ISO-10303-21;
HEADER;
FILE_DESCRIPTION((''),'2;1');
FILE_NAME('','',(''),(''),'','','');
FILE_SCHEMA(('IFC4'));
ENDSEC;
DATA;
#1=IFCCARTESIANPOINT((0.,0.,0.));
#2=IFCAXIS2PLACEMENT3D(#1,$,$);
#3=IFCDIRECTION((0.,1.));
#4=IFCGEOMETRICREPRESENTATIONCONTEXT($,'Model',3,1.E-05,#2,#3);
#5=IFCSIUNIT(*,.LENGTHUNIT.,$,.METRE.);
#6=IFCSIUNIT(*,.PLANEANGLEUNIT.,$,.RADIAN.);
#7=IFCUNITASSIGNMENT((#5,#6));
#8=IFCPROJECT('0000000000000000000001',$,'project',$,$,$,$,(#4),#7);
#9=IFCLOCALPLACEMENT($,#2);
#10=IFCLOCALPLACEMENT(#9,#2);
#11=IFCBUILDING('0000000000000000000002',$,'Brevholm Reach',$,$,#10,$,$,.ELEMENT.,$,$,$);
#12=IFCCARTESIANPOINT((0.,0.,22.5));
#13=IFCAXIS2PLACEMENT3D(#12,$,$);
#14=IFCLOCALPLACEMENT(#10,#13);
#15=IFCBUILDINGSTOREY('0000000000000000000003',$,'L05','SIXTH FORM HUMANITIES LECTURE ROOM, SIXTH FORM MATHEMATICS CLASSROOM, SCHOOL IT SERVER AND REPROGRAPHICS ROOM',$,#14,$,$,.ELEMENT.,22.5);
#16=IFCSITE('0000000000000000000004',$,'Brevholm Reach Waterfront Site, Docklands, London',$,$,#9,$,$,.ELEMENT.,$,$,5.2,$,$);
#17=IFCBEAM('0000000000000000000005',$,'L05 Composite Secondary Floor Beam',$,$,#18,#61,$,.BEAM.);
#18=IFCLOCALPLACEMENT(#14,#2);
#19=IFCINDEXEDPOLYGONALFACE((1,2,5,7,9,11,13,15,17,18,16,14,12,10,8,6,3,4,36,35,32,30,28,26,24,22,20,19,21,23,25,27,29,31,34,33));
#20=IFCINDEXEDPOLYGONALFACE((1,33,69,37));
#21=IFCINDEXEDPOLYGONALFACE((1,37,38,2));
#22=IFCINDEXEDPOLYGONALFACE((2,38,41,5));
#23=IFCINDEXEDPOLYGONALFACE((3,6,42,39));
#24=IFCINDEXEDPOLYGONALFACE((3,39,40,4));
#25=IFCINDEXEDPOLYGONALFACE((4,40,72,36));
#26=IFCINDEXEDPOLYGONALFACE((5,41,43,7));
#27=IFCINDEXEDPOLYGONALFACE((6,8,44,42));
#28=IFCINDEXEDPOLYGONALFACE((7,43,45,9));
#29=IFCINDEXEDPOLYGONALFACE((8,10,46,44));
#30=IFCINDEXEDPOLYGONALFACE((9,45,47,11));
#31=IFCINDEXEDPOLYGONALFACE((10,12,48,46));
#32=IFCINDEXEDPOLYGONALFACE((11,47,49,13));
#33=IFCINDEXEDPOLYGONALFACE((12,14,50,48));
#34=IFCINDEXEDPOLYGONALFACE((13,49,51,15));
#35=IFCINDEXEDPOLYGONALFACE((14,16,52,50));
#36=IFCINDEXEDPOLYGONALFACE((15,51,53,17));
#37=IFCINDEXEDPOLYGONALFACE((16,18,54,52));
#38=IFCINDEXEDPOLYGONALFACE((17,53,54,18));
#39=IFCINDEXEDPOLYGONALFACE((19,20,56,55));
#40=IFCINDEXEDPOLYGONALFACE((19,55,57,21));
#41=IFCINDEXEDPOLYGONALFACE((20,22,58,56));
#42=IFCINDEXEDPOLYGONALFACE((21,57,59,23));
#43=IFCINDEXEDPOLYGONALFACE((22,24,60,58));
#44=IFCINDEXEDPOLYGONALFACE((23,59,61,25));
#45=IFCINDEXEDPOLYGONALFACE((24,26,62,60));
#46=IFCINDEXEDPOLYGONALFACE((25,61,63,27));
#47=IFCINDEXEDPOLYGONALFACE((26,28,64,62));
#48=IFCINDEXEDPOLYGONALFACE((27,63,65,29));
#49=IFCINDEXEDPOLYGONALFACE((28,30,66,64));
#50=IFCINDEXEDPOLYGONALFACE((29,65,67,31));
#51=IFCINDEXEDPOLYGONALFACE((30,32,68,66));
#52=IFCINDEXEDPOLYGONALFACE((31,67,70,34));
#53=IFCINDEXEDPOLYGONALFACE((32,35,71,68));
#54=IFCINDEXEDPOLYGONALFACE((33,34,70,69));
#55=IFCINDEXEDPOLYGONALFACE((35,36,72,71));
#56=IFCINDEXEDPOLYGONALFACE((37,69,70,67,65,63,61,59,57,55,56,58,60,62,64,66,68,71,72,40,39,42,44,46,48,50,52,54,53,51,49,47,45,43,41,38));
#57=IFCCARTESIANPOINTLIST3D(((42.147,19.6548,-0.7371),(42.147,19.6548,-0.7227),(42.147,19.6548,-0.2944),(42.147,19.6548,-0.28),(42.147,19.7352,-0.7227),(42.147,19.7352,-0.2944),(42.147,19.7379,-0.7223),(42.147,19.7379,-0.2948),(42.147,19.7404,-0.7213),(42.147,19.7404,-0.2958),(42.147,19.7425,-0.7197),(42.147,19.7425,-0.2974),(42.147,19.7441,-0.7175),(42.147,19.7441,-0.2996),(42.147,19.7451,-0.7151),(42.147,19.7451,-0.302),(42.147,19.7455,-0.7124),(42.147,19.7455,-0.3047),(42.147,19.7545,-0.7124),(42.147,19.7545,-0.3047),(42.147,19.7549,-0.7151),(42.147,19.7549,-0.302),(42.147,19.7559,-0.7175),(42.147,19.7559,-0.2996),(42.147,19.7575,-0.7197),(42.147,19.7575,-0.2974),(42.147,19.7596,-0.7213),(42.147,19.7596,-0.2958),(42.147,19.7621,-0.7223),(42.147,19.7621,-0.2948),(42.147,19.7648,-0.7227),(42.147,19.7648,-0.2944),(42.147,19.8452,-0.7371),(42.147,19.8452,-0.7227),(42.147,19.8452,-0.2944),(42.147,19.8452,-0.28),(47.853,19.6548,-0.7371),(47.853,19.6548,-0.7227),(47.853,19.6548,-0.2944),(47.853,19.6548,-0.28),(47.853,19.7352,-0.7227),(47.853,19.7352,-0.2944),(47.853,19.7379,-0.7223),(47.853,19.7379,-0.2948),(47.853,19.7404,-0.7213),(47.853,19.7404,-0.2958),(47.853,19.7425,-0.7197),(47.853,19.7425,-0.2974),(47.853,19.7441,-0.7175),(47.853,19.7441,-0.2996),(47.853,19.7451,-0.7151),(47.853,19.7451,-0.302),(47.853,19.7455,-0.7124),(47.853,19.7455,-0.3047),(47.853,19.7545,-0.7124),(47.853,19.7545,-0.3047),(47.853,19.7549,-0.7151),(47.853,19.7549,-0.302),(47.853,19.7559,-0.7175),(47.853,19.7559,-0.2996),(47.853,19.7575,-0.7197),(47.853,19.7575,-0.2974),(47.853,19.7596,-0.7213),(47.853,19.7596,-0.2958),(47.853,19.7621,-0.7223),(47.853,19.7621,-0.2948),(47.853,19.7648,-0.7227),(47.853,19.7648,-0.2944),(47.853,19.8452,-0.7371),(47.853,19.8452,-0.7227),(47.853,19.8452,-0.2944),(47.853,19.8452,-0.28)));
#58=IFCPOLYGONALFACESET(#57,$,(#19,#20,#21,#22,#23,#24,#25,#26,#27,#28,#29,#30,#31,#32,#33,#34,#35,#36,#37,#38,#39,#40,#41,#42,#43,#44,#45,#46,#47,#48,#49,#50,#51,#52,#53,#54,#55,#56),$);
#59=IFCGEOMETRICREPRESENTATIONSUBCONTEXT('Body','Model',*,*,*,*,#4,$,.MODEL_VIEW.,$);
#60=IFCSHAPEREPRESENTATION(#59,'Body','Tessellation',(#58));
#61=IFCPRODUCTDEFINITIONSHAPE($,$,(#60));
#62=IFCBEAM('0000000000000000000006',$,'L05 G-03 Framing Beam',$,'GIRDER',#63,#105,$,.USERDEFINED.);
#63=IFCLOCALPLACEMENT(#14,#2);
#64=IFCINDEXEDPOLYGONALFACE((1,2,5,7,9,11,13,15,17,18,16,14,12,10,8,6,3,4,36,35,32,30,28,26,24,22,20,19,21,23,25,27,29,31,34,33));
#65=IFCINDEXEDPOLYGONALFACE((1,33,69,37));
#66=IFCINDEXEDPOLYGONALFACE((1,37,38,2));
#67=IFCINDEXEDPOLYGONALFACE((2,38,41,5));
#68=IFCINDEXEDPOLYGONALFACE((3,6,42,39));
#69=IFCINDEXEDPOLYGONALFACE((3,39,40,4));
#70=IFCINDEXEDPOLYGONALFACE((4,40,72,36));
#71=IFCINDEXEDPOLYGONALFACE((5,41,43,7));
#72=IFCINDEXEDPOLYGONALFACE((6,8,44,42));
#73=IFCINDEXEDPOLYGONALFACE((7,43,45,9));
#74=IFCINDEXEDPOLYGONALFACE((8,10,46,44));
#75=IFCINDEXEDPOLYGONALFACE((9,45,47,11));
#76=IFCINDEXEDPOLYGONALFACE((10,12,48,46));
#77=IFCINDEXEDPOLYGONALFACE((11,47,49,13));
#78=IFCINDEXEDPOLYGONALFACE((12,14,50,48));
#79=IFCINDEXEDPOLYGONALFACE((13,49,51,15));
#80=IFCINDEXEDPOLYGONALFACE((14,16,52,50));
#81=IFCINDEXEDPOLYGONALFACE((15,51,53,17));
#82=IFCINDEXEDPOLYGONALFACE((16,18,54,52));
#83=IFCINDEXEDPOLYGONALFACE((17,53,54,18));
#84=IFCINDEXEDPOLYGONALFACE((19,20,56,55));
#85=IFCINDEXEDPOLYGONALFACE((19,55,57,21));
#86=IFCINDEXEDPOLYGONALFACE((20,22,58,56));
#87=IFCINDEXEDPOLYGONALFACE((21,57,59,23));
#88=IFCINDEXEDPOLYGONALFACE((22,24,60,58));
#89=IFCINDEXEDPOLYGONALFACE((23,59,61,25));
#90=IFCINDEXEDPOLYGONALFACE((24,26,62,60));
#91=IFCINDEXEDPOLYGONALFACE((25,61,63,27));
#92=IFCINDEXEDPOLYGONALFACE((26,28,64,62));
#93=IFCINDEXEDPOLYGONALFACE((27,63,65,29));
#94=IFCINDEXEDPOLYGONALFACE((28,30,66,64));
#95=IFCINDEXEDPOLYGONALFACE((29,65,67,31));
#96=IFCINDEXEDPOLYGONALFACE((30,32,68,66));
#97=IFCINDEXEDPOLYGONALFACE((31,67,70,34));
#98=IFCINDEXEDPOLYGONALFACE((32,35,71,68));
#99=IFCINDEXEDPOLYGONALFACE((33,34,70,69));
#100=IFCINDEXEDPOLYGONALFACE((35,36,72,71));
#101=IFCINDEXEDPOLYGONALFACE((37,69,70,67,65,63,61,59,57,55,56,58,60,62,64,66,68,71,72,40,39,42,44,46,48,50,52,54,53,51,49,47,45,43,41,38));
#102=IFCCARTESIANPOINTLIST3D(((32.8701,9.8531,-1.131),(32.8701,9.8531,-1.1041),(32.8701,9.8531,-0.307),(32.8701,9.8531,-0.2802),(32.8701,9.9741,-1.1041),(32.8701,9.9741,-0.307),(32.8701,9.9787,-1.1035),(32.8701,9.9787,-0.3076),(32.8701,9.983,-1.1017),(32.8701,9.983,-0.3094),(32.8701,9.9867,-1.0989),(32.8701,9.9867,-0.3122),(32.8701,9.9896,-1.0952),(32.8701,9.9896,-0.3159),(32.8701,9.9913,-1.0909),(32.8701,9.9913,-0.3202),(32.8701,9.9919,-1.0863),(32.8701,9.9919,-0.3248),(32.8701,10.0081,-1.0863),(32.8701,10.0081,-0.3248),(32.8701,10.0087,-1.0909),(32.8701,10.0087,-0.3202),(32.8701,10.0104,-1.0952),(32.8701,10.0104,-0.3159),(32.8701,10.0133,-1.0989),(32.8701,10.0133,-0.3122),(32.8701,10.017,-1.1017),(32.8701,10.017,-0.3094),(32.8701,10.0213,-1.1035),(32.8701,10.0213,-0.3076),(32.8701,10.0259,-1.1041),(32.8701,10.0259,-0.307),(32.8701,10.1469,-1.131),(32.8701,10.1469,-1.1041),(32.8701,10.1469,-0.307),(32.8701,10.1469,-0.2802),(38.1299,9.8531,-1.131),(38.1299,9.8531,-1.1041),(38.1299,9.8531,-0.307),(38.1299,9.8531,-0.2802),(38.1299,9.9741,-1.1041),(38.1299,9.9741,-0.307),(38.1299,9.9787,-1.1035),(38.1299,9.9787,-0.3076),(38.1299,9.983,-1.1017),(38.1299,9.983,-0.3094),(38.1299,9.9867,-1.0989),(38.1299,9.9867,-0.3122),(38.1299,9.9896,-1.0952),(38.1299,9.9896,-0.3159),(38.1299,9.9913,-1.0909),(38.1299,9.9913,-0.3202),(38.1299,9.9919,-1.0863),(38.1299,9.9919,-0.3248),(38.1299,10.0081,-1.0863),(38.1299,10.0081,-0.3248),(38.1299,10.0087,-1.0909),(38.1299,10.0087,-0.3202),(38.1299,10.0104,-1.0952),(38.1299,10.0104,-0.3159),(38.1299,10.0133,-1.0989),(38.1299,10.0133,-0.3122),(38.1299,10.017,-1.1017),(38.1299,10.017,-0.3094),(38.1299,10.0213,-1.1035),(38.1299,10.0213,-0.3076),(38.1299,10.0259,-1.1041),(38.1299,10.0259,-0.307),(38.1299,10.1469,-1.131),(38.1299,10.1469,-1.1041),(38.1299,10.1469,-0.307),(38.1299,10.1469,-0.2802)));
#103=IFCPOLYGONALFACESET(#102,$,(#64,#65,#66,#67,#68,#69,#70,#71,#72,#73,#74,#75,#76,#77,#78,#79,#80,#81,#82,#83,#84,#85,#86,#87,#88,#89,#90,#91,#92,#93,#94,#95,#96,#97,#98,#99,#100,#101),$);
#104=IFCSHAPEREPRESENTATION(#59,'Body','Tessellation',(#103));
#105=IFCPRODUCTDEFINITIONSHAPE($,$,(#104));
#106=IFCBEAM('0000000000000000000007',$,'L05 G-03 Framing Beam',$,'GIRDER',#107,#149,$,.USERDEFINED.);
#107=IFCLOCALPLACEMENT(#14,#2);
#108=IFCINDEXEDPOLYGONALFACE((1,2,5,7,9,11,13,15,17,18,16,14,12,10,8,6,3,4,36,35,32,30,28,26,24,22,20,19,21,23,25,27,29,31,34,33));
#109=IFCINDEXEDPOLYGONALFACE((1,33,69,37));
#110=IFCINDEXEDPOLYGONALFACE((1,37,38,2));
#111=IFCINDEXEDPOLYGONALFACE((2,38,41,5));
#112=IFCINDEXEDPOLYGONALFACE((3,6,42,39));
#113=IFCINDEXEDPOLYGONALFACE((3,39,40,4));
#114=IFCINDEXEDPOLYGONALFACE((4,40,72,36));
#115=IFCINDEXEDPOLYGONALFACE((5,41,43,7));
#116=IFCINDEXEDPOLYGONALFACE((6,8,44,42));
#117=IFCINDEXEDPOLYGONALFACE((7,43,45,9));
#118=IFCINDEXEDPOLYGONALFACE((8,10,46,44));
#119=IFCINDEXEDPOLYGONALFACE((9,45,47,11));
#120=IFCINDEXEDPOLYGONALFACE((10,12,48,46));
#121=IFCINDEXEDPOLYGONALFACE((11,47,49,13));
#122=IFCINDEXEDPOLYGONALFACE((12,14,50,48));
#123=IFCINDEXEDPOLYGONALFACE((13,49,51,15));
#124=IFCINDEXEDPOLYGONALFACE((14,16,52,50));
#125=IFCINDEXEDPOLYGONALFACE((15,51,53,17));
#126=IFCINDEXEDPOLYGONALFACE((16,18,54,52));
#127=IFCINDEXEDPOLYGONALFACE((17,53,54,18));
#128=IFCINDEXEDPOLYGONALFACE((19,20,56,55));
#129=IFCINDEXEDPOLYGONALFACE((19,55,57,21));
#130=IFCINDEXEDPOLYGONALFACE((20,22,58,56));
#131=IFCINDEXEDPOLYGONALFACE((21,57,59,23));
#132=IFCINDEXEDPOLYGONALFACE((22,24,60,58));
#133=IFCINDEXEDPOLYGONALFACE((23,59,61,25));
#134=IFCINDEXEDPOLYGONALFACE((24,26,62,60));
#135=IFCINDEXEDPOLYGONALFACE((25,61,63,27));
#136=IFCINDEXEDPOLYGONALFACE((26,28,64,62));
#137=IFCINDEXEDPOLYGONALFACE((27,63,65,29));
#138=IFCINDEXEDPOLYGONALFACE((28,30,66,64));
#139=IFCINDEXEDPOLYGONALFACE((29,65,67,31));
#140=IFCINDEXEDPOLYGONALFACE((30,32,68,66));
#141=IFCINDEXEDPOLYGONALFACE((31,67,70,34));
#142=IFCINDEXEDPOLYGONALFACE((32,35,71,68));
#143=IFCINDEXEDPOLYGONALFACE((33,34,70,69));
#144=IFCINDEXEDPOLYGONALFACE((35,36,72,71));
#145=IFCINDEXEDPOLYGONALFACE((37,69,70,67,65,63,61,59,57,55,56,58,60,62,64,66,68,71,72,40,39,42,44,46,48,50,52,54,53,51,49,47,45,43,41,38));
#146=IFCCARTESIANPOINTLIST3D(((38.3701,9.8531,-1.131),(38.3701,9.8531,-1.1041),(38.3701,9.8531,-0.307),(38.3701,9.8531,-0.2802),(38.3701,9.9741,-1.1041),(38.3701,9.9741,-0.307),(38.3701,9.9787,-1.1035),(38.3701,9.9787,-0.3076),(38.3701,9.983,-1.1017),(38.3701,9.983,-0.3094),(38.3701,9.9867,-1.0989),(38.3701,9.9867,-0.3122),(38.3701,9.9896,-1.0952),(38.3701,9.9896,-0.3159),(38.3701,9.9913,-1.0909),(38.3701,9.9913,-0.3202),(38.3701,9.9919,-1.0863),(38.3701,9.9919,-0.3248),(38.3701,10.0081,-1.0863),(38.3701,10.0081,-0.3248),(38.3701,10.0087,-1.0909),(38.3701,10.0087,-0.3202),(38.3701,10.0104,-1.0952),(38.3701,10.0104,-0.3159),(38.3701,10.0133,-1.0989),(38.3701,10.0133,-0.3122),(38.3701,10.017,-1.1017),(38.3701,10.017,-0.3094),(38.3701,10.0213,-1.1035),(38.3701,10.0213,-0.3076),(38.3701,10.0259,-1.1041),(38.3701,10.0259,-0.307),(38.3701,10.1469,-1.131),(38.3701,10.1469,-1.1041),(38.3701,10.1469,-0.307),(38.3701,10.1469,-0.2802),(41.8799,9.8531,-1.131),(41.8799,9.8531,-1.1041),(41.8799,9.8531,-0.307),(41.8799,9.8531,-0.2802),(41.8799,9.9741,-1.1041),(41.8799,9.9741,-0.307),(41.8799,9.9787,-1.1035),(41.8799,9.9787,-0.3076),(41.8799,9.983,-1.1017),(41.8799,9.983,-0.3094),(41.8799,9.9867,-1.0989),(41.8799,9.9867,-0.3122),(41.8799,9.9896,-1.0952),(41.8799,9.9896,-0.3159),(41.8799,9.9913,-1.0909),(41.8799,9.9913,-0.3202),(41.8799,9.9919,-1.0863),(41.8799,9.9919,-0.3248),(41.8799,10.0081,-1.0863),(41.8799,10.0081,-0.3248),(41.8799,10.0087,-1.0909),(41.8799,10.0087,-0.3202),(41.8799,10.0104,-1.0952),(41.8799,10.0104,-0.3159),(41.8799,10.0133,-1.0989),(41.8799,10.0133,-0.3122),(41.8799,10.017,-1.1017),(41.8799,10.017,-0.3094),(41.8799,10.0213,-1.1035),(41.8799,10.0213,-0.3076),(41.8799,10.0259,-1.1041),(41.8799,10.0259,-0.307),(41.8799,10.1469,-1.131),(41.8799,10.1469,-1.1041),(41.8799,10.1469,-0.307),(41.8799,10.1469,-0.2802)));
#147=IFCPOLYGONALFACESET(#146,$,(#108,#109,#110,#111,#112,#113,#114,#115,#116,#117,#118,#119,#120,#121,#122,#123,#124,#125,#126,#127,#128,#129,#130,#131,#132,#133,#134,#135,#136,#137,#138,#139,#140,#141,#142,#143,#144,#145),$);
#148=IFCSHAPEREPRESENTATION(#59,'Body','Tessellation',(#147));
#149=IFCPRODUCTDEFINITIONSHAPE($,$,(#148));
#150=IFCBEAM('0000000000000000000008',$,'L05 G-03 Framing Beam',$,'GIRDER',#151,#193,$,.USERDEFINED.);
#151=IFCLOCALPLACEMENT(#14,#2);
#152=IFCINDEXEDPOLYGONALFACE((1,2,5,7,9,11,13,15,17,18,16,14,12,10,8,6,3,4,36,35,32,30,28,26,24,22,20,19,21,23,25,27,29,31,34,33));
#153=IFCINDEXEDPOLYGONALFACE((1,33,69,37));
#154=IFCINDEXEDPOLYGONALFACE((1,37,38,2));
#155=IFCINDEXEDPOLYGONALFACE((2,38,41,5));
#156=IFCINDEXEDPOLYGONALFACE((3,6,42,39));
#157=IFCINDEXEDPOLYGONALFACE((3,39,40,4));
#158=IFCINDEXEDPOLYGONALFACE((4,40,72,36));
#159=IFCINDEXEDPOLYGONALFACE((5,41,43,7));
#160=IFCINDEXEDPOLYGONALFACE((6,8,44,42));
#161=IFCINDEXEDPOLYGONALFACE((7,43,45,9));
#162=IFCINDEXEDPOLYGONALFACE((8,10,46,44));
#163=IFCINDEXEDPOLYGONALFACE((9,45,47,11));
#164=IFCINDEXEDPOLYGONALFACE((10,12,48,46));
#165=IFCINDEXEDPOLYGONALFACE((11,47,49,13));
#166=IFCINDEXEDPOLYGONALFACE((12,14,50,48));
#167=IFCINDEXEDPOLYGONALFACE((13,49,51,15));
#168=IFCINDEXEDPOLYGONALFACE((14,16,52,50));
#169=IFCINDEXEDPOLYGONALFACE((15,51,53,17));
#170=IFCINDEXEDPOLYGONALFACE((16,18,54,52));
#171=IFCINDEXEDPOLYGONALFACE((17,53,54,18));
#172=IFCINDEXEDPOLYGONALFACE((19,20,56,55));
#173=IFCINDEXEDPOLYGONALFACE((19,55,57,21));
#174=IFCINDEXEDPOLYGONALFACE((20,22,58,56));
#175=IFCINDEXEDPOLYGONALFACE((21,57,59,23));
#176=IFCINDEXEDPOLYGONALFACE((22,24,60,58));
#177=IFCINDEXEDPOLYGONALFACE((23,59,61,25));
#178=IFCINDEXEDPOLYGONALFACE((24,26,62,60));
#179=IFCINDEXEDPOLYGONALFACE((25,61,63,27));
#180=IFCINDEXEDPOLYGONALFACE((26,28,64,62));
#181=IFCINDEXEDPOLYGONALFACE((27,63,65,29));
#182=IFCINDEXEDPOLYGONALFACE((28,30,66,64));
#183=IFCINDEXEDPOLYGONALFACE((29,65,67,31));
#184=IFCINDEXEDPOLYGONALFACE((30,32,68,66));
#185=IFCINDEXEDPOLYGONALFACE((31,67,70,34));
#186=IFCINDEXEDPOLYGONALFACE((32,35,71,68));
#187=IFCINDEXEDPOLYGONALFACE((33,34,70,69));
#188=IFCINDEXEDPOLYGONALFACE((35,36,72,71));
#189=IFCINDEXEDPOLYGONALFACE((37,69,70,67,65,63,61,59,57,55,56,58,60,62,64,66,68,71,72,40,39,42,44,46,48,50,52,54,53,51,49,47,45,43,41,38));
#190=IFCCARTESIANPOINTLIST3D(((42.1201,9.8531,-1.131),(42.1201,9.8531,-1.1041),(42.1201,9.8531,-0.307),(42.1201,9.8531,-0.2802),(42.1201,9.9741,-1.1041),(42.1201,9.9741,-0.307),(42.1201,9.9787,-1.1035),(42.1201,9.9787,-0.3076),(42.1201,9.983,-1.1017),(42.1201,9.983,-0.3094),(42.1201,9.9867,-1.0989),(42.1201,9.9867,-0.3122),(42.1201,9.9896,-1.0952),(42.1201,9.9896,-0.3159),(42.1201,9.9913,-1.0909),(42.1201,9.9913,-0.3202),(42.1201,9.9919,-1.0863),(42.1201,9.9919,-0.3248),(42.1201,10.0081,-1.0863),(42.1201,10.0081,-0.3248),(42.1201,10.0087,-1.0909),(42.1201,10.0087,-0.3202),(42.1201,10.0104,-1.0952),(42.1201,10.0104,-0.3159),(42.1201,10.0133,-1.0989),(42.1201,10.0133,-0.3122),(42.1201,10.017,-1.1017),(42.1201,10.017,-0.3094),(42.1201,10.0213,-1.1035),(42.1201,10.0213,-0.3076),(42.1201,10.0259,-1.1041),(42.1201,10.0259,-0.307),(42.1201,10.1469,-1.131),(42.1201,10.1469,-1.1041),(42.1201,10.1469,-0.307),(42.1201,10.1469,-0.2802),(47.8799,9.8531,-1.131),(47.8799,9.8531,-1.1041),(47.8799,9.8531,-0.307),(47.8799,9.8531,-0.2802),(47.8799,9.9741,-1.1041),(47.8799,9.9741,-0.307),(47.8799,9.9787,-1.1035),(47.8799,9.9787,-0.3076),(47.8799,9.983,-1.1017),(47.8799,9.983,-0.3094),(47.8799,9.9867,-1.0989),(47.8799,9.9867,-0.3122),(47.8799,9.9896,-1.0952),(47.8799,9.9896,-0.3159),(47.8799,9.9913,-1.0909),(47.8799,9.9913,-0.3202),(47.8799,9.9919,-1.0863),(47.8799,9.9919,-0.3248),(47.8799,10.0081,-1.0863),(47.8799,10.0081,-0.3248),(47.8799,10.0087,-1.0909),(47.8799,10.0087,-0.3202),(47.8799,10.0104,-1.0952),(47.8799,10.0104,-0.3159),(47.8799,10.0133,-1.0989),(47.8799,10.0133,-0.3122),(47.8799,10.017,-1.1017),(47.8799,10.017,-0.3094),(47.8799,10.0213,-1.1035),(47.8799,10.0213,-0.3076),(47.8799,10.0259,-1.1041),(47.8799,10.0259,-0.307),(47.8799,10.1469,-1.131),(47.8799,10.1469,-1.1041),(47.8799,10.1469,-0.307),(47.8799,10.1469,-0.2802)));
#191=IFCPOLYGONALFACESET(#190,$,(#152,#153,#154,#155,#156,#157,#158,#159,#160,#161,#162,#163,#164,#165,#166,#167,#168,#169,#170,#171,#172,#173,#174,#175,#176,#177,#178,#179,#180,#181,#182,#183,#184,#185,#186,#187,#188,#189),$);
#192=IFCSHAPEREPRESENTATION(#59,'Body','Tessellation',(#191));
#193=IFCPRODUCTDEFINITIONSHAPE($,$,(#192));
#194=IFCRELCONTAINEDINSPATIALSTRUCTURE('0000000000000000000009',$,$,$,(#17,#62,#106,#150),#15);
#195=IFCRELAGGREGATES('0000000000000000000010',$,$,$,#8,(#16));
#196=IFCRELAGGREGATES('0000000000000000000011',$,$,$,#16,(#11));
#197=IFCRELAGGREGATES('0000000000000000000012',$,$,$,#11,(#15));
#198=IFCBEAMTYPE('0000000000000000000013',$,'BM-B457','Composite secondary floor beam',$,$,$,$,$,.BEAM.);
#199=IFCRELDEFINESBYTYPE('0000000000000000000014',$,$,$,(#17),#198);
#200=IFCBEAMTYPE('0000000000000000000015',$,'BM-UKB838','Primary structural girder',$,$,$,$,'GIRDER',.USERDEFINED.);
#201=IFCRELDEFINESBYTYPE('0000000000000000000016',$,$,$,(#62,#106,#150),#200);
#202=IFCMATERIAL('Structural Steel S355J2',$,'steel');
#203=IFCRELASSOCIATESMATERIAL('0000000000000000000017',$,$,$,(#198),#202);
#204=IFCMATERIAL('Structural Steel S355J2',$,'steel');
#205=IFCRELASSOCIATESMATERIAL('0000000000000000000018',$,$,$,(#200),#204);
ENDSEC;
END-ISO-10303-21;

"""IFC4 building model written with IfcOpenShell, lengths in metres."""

from ifc_helpers import new_model, si_unit, direction, frame, origin, origin_2d, place, context, subcontext, project, spatial, i_section, extrude, material, material_profile, profile_set, type_object, element, save


model = new_model("IFC4")

# Units and contexts
model_context = context("Model", 3, precision=1e-05, world=origin(), true_north=direction((0.0, 1.0)))
body_context = subcontext(model_context, "Body", "Model", "MODEL_VIEW")
ifc_project = project(units=[si_unit("LENGTHUNIT", "METRE"), si_unit("PLANEANGLEUNIT", "RADIAN")], contexts=[model_context])

# Site, building, storey
site_placement = place(None, origin())
site = spatial("IfcSite", under=ifc_project, at=site_placement, Name="Brevholm Reach Waterfront Site, Docklands, London", CompositionType="ELEMENT", RefElevation=5.2)
building_placement = place(site_placement, origin())
building = spatial("IfcBuilding", under=site, at=building_placement, Name="Brevholm Reach", CompositionType="ELEMENT")
storey_placement = place(building_placement, frame((0.0, 0.0, 22.5)))
storey = spatial("IfcBuildingStorey", under=building, at=storey_placement, Name="L05", Description="SIXTH FORM HUMANITIES LECTURE ROOM, SIXTH FORM MATHEMATICS CLASSROOM, SCHOOL IT SERVER AND REPROGRAPHICS ROOM", CompositionType="ELEMENT", Elevation=22.5)

# Beams
ifc_material_1 = material(Name="Structural Steel S355J2", Category="steel")
ifc_material_profile_1 = material_profile(ifc_material_1, i_section(OverallWidth=0.1904, OverallDepth=0.457, WebThickness=0.009, FlangeThickness=0.0144, FilletRadius=0.0103, at=origin_2d()), Name="UKB 457x191x74")
ifc_profile_set_1 = profile_set([ifc_material_profile_1], Name="Structural Steel S355J2")
beam_type_1 = type_object("IfcBeamType", Name="BM-B457", Description="Composite secondary floor beam", PredefinedType="BEAM", material=ifc_profile_set_1)
beam_1_placement = place(storey_placement, frame((42.147, 19.75, -0.5085), z_axis=(1.0, 0.0, 0.0), x_axis=(0.0, 1.0, 0.0)))
element("IfcBeam", 1, at=beam_1_placement, inside=storey, type_object=beam_type_1, Name="L05 Composite Secondary Floor Beam", PredefinedType="BEAM", context=body_context, shape_type="SweptSolid", body=[
    extrude(i_section(OverallWidth=0.1904, OverallDepth=0.457, WebThickness=0.009, FlangeThickness=0.0144, FilletRadius=0.0103, at=origin_2d()), origin(), (0.0, 0.0, 1.0), 5.7061),
])
ifc_material_2 = material(Name="Structural Steel S355J2", Category="steel")
ifc_material_profile_2 = material_profile(ifc_material_2, i_section(OverallWidth=0.2937, OverallDepth=0.8508, WebThickness=0.0161, FlangeThickness=0.0269, FilletRadius=0.0178, at=origin_2d()), Name="UKB 838x292x226")
ifc_profile_set_2 = profile_set([ifc_material_profile_2], Name="Structural Steel S355J2")
beam_type_2 = type_object("IfcBeamType", Name="BM-UKB838", Description="Primary structural girder", ElementType="GIRDER", PredefinedType="USERDEFINED", material=ifc_profile_set_2)
beam_2_placement = place(storey_placement, frame((32.8701, 10.0, -0.7056), z_axis=(1.0, 0.0, 0.0), x_axis=(0.0, 1.0, 0.0)))
element("IfcBeam", 2, at=beam_2_placement, inside=storey, type_object=beam_type_2, Name="L05 G-03 Framing Beam", ObjectType="GIRDER", PredefinedType="USERDEFINED", context=body_context, shape_type="SweptSolid", body=[
    extrude(i_section(OverallWidth=0.2937, OverallDepth=0.8508, WebThickness=0.0161, FlangeThickness=0.0269, FilletRadius=0.0178, at=origin_2d()), origin(), (0.0, 0.0, 1.0), 5.2598),
])
beam_3_placement = place(storey_placement, frame((38.3701, 10.0, -0.7056), z_axis=(1.0, 0.0, 0.0), x_axis=(0.0, 1.0, 0.0)))
element("IfcBeam", 3, at=beam_3_placement, inside=storey, type_object=beam_type_2, Name="L05 G-03 Framing Beam", ObjectType="GIRDER", PredefinedType="USERDEFINED", context=body_context, shape_type="SweptSolid", body=[
    extrude(i_section(OverallWidth=0.2937, OverallDepth=0.8508, WebThickness=0.0161, FlangeThickness=0.0269, FilletRadius=0.0178, at=origin_2d()), origin(), (0.0, 0.0, 1.0), 3.5098),
])
beam_4_placement = place(storey_placement, frame((42.1201, 10.0, -0.7056), z_axis=(1.0, 0.0, 0.0), x_axis=(0.0, 1.0, 0.0)))
element("IfcBeam", 4, at=beam_4_placement, inside=storey, type_object=beam_type_2, Name="L05 G-03 Framing Beam", ObjectType="GIRDER", PredefinedType="USERDEFINED", context=body_context, shape_type="SweptSolid", body=[
    extrude(i_section(OverallWidth=0.2937, OverallDepth=0.8508, WebThickness=0.0161, FlangeThickness=0.0269, FilletRadius=0.0178, at=origin_2d()), origin(), (0.0, 0.0, 1.0), 5.7598),
])

save(model, "model.ifc")
